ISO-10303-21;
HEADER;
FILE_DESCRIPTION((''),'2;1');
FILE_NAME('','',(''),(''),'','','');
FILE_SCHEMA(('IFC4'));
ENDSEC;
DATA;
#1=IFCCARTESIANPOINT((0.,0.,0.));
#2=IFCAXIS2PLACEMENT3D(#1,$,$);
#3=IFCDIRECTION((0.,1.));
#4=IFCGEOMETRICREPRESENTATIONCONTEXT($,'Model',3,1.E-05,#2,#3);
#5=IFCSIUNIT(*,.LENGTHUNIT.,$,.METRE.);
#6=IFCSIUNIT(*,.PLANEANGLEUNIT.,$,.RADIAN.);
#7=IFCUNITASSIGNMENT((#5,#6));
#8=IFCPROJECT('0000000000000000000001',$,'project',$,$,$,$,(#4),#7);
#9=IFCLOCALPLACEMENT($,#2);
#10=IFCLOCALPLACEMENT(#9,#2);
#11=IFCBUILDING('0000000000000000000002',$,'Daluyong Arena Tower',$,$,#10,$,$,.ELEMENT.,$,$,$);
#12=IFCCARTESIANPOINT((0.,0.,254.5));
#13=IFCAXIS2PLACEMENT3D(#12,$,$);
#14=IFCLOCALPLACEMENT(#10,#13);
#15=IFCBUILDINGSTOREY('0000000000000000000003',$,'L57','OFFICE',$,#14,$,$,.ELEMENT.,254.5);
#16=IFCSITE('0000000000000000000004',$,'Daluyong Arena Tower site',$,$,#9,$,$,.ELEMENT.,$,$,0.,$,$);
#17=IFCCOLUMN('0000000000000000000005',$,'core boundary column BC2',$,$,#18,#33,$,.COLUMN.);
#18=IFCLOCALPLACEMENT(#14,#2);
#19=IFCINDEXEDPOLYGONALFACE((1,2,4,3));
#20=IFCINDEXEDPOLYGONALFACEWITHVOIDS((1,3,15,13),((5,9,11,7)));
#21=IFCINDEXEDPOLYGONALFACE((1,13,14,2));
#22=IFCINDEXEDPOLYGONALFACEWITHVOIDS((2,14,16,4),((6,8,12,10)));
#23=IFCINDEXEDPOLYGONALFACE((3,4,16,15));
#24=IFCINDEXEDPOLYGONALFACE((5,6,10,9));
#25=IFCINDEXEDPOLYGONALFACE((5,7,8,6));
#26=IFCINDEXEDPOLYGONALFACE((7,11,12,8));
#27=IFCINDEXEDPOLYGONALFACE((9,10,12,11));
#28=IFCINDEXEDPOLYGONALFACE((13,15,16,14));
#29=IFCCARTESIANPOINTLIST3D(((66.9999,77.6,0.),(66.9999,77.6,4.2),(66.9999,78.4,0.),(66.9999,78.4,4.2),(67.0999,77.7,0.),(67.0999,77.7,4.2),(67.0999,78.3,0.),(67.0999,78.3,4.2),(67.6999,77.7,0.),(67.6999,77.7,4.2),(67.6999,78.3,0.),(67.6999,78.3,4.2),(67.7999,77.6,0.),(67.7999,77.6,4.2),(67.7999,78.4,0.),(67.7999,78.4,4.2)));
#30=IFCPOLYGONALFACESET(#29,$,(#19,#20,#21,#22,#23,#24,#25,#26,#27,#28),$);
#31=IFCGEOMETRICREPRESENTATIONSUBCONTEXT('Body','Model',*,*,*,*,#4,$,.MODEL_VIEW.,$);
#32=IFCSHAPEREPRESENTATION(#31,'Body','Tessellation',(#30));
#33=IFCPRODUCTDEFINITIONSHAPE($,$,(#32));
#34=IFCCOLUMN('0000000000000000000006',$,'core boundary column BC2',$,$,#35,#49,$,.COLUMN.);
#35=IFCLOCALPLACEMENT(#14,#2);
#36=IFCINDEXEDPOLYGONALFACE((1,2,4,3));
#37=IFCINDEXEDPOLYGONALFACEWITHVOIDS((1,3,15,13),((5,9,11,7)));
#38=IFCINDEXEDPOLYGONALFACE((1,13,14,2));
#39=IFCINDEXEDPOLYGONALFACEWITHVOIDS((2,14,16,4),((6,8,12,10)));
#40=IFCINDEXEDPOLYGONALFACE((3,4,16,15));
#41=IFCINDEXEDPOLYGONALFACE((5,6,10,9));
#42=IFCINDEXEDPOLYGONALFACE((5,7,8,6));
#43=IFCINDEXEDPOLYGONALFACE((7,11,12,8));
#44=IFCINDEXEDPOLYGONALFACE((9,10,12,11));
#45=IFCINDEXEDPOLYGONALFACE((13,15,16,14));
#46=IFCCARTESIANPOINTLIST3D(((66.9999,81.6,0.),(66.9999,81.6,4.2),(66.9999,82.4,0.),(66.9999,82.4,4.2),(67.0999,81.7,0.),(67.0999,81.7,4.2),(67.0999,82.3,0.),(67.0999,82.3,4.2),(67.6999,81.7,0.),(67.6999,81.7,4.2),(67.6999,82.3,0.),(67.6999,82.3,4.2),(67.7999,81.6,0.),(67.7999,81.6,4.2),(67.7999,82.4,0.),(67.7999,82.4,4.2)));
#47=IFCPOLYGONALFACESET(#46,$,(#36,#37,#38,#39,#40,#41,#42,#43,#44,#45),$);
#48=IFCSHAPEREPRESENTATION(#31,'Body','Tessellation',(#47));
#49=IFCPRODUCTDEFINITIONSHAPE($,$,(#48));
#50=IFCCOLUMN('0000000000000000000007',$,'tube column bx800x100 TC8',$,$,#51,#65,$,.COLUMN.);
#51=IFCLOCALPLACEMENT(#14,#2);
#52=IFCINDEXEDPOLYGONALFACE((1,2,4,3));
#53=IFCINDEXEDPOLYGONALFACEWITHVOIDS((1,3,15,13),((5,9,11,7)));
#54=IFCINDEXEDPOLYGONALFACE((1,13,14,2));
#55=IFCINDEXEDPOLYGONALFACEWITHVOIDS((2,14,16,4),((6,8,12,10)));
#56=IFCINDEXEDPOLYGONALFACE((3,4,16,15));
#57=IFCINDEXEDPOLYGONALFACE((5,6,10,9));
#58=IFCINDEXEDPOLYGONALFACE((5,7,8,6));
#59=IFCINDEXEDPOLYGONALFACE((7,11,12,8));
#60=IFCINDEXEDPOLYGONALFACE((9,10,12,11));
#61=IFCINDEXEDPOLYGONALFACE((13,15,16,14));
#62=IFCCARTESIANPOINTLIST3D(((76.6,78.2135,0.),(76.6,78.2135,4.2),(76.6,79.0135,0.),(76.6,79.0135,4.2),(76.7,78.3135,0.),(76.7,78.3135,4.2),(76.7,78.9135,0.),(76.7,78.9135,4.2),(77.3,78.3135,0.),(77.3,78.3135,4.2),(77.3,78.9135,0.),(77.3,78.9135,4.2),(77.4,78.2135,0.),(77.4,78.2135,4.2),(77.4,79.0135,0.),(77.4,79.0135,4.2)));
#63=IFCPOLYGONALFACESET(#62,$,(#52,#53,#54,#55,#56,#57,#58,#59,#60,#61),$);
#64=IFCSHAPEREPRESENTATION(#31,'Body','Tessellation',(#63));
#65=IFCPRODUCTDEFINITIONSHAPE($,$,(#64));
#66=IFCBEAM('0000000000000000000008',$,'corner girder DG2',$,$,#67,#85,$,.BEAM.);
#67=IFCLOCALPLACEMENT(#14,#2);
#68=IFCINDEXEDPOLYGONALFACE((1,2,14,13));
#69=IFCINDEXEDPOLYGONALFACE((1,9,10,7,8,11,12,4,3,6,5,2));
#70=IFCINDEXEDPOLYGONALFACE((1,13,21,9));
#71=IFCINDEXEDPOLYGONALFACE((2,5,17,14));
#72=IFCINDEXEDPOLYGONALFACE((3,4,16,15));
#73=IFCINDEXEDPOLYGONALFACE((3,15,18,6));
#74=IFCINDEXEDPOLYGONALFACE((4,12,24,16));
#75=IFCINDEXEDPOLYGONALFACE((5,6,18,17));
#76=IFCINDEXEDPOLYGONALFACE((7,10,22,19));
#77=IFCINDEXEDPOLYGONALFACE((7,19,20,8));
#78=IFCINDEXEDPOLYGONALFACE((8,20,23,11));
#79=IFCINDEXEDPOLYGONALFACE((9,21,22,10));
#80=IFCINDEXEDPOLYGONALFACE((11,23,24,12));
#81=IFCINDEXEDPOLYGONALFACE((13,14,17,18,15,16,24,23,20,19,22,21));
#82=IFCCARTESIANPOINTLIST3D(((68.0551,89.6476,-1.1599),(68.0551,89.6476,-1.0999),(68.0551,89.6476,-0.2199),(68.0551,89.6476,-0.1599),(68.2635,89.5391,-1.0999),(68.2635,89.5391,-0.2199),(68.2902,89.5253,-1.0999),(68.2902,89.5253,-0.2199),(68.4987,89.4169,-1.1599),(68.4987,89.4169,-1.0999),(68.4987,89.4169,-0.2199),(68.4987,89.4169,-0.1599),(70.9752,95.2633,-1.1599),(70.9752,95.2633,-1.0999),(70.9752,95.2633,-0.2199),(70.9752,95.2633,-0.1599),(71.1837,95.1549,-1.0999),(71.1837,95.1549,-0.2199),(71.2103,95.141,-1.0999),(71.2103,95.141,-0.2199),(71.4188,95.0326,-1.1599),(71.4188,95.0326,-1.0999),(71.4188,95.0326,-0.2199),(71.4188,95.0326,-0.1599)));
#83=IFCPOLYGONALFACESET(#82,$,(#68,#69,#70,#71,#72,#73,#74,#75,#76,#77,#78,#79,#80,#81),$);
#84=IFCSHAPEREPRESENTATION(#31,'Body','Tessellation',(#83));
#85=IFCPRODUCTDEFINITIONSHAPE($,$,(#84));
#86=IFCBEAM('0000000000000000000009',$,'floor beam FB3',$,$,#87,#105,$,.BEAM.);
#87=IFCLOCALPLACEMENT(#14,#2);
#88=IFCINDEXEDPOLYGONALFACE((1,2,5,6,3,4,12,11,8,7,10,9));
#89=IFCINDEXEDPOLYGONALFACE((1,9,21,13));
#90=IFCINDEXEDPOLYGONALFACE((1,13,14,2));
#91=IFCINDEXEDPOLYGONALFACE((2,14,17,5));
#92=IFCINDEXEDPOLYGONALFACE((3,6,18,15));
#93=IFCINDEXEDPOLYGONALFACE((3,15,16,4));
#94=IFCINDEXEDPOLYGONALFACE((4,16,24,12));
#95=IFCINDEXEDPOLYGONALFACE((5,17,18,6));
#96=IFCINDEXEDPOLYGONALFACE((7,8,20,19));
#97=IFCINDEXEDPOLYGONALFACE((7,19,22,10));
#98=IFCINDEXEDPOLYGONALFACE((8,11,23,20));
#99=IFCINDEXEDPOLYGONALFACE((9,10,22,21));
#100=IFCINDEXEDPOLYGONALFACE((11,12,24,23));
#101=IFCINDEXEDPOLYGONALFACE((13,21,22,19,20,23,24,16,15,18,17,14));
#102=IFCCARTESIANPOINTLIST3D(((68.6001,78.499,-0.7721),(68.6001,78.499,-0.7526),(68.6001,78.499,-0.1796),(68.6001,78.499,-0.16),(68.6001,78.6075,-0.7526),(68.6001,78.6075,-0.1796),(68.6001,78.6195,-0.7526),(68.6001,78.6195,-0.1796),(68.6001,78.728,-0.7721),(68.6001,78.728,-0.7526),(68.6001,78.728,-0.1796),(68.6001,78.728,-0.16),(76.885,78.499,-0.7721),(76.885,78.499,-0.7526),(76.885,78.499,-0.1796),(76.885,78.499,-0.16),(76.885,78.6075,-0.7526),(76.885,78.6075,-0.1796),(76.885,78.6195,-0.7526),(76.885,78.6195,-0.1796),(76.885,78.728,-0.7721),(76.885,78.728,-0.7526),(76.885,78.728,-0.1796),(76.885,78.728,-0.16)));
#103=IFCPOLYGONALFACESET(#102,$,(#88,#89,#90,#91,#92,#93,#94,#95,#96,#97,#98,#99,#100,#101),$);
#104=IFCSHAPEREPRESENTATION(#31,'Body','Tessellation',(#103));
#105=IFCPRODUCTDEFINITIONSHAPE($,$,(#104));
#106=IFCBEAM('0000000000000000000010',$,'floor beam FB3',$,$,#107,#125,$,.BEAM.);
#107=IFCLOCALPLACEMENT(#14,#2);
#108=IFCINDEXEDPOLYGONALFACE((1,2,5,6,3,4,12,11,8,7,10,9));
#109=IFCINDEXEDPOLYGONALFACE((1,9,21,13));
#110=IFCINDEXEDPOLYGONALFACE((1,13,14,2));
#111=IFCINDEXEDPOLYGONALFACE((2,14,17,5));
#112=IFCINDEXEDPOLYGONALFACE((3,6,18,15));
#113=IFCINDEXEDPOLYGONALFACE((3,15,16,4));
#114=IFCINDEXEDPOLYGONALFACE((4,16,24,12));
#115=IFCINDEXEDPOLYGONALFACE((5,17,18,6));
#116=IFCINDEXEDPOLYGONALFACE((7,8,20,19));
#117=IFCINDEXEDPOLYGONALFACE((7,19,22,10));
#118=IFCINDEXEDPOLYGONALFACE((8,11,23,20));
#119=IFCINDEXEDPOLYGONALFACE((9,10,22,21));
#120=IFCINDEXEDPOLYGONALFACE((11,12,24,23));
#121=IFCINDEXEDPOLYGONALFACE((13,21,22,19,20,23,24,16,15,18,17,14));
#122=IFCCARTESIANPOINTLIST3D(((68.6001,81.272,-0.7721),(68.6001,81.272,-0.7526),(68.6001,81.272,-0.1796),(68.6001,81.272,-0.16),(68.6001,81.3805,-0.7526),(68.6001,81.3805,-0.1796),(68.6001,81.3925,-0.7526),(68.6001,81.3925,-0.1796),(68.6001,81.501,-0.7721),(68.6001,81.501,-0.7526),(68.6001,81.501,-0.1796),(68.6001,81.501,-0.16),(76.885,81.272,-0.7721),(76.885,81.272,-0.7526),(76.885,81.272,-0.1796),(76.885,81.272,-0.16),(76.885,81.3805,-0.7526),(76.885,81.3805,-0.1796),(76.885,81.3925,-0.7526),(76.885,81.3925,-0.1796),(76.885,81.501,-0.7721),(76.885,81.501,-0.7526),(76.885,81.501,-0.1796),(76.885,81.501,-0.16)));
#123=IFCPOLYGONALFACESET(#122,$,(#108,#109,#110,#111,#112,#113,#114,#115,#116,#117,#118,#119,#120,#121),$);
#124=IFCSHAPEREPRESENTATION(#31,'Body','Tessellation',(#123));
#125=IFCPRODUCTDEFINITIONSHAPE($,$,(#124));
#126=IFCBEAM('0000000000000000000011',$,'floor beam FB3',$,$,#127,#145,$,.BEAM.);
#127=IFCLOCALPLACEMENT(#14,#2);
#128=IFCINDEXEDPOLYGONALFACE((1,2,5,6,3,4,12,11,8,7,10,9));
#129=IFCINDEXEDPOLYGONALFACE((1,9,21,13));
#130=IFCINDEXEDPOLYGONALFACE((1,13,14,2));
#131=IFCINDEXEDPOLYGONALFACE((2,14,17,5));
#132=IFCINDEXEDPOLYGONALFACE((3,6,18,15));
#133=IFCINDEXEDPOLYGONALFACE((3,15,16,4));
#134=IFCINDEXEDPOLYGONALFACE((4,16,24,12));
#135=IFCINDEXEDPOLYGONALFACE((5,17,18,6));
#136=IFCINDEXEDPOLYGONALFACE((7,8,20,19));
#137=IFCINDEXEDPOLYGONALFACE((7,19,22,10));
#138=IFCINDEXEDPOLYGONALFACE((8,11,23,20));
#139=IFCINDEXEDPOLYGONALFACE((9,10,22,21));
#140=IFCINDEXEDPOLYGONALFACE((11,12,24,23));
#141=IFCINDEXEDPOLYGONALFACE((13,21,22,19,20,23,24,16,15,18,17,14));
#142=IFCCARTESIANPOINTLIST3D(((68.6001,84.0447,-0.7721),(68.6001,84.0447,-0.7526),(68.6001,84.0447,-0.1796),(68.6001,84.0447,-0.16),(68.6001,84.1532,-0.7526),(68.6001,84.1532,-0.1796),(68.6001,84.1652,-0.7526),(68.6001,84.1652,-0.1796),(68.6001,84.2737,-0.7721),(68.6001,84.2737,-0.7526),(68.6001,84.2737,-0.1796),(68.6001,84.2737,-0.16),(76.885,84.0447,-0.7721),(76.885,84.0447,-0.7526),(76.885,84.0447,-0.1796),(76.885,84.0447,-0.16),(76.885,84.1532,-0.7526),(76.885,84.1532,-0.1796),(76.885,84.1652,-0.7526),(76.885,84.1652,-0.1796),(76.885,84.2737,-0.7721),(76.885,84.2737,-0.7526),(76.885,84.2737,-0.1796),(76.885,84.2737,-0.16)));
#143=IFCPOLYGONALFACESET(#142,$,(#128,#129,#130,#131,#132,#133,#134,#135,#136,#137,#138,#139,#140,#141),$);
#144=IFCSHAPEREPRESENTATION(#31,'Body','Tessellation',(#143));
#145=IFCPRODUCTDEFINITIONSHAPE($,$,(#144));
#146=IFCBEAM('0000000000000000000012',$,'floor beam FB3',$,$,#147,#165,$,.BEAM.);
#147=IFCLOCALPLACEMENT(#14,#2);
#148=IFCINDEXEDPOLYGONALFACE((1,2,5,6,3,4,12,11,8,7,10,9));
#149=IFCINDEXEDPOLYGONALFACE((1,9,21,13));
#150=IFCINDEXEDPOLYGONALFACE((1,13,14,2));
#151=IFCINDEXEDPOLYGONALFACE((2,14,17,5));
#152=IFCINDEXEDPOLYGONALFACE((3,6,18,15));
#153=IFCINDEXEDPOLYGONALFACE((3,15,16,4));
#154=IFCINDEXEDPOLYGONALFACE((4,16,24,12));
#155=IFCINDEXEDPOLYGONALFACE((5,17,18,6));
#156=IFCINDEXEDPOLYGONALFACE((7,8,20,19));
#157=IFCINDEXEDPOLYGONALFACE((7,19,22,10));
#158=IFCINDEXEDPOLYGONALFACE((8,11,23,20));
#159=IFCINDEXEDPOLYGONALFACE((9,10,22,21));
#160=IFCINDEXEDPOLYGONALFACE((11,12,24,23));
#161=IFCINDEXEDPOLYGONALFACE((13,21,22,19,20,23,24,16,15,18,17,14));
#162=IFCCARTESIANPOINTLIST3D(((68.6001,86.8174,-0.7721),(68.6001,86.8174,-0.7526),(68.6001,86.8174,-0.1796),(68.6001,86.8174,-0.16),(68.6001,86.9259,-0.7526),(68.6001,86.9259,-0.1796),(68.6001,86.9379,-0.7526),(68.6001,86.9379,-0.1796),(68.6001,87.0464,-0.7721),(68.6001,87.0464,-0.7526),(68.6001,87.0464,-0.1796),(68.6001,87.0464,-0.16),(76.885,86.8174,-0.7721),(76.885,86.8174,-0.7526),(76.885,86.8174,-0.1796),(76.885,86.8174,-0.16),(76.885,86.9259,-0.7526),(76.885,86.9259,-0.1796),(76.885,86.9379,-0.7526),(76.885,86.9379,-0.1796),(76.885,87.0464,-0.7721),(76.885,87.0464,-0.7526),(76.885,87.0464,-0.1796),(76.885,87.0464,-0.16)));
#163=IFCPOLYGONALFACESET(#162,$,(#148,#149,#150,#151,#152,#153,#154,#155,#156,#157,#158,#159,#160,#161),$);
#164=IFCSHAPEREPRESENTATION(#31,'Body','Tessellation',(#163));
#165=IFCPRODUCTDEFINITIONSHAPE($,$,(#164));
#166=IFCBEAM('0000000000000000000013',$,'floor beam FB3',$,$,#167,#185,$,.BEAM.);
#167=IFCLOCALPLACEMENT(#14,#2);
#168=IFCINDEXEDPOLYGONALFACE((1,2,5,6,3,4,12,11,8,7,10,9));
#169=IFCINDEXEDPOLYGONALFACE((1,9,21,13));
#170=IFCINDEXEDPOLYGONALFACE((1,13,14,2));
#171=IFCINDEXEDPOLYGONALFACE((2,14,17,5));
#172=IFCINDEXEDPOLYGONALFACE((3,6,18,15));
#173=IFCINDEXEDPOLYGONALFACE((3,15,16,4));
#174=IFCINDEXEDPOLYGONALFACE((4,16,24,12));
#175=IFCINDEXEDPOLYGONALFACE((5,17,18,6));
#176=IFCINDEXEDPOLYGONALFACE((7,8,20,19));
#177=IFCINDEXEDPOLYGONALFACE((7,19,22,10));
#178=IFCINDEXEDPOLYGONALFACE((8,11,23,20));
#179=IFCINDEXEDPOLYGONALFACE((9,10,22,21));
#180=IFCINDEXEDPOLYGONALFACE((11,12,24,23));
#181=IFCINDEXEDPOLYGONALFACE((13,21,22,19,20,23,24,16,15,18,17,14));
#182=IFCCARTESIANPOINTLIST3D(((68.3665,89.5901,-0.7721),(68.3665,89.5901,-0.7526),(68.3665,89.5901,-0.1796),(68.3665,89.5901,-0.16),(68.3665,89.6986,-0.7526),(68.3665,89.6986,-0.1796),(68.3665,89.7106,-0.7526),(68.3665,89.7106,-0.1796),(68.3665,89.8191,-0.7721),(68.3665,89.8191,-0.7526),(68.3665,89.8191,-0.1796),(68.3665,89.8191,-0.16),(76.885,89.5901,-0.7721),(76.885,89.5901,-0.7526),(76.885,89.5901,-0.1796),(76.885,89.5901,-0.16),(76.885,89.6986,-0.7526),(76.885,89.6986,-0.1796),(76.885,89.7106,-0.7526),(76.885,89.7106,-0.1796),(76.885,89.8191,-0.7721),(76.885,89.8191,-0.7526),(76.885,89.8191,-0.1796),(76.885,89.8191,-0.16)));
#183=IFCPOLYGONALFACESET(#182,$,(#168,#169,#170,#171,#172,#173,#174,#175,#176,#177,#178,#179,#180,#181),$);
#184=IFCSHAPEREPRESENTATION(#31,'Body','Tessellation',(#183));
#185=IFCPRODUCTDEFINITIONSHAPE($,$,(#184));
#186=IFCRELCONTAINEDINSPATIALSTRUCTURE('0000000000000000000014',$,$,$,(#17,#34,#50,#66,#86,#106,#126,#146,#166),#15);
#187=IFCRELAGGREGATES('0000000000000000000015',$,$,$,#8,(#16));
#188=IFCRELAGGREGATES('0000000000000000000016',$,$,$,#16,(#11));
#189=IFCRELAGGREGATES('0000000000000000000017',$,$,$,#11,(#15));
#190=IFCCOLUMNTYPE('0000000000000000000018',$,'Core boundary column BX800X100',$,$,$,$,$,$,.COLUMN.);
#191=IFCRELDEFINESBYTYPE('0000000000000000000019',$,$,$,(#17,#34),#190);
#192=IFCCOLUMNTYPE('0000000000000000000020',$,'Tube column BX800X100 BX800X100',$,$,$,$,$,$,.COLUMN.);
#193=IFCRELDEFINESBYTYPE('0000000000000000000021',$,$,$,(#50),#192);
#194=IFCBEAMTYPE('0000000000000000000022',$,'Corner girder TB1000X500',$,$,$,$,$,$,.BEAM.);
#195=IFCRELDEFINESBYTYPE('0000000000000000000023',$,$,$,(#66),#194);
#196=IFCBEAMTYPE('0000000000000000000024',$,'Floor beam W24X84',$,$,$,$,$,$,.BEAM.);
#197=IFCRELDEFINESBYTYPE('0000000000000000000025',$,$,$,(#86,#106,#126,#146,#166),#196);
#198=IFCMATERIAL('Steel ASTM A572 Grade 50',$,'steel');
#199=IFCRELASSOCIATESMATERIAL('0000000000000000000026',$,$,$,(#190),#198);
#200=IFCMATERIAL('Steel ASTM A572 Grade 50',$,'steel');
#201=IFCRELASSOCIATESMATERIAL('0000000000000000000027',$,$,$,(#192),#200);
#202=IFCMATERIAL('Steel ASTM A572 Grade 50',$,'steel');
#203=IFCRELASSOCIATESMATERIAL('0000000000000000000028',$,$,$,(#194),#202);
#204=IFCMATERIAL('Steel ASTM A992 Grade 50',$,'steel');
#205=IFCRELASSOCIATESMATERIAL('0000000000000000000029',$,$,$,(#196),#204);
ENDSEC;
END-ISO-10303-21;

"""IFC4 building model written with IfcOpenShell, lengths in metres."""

from ifc_helpers import new_model, si_unit, direction, frame, origin, origin_2d, place, context, subcontext, project, spatial, hollow_rectangle, i_section, extrude, material, material_profile, profile_set, type_object, element, save


model = new_model("IFC4")

# Units and contexts
model_context = context("Model", 3, precision=1e-05, world=origin(), true_north=direction((0.0, 1.0)))
body_context = subcontext(model_context, "Body", "Model", "MODEL_VIEW")
ifc_project = project(units=[si_unit("LENGTHUNIT", "METRE"), si_unit("PLANEANGLEUNIT", "RADIAN")], contexts=[model_context])

# Site, building, storey
site_placement = place(None, origin())
site = spatial("IfcSite", under=ifc_project, at=site_placement, Name="Daluyong Arena Tower site", CompositionType="ELEMENT", RefElevation=0.0)
building_placement = place(site_placement, origin())
building = spatial("IfcBuilding", under=site, at=building_placement, Name="Daluyong Arena Tower", CompositionType="ELEMENT")
storey_placement = place(building_placement, frame((0.0, 0.0, 254.5)))
storey = spatial("IfcBuildingStorey", under=building, at=storey_placement, Name="L57", Description="OFFICE", CompositionType="ELEMENT", Elevation=254.5)

# Columns
ifc_material_1 = material(Name="Steel ASTM A572 Grade 50", Category="steel")
ifc_material_profile_1 = material_profile(ifc_material_1, hollow_rectangle(XDim=0.8, YDim=0.8, WallThickness=0.1, at=origin_2d()))
ifc_profile_set_1 = profile_set([ifc_material_profile_1], Name="Steel ASTM A572 Grade 50")
column_type_1 = type_object("IfcColumnType", Name="Core boundary column BX800X100", PredefinedType="COLUMN", material=ifc_profile_set_1)
for number, where, z_axis, x_axis, name in (
    (1, (67.3999, 78.0, 0.0), (0.0, 0.0, 1.0), (1.0, 0.0, 0.0), "core boundary column BC2"),
    (2, (67.3999, 82.0, 0.0), (0.0, 0.0, 1.0), (1.0, 0.0, 0.0), "core boundary column BC2"),
):
    element("IfcColumn", number, at=place(storey_placement, frame(where, z_axis=z_axis, x_axis=x_axis)), inside=storey, type_object=column_type_1, Name=name, PredefinedType="COLUMN", context=body_context, shape_type="SweptSolid", body=[
        extrude(hollow_rectangle(XDim=0.8, YDim=0.8, WallThickness=0.1, at=origin_2d()), origin(), (0.0, 0.0, 1.0), 4.2),
    ])
ifc_material_2 = material(Name="Steel ASTM A572 Grade 50", Category="steel")
ifc_material_profile_2 = material_profile(ifc_material_2, hollow_rectangle(XDim=0.8, YDim=0.8, WallThickness=0.1, at=origin_2d()))
ifc_profile_set_2 = profile_set([ifc_material_profile_2], Name="Steel ASTM A572 Grade 50")
column_type_2 = type_object("IfcColumnType", Name="Tube column BX800X100 BX800X100", PredefinedType="COLUMN", material=ifc_profile_set_2)
column_placement = place(storey_placement, frame((77.0, 78.6135, 0.0), z_axis=(0.0, 0.0, 1.0), x_axis=(0.0, 1.0, 0.0)))
element("IfcColumn", 3, at=column_placement, inside=storey, type_object=column_type_2, Name="tube column bx800x100 TC8", PredefinedType="COLUMN", context=body_context, shape_type="SweptSolid", body=[
    extrude(hollow_rectangle(XDim=0.8, YDim=0.8, WallThickness=0.1, at=origin_2d()), origin(), (0.0, 0.0, 1.0), 4.2),
])

# Beams
ifc_material_3 = material(Name="Steel ASTM A572 Grade 50", Category="steel")
ifc_material_profile_3 = material_profile(ifc_material_3, i_section(OverallWidth=0.5, OverallDepth=1.0, WebThickness=0.03, FlangeThickness=0.06, at=origin_2d()))
ifc_profile_set_3 = profile_set([ifc_material_profile_3], Name="Steel ASTM A572 Grade 50")
beam_type_1 = type_object("IfcBeamType", Name="Corner girder TB1000X500", PredefinedType="BEAM", material=ifc_profile_set_3)
beam_1_placement = place(storey_placement, frame((71.197, 95.1479, -0.6599), z_axis=(-0.461352, -0.887217, 0.0), x_axis=(0.887217, -0.461352, 0.0)))
element("IfcBeam", 4, at=beam_1_placement, inside=storey, type_object=beam_type_1, Name="corner girder DG2", PredefinedType="BEAM", context=body_context, shape_type="SweptSolid", body=[
    extrude(i_section(OverallWidth=0.5, OverallDepth=1.0, WebThickness=0.03, FlangeThickness=0.06, at=origin_2d()), origin(), (0.0, 0.0, 1.0), 6.3296),
])
ifc_material_4 = material(Name="Steel ASTM A992 Grade 50", Category="steel")
ifc_material_profile_4 = material_profile(ifc_material_4, i_section(OverallWidth=0.229, OverallDepth=0.6121, WebThickness=0.012, FlangeThickness=0.0195, at=origin_2d()))
ifc_profile_set_4 = profile_set([ifc_material_profile_4], Name="Steel ASTM A992 Grade 50")
beam_type_2 = type_object("IfcBeamType", Name="Floor beam W24X84", PredefinedType="BEAM", material=ifc_profile_set_4)
for number, where, z_axis, x_axis, name in (
    (5, (76.885, 78.6135, -0.4661), (-1.0, 0.0, 0.0), (0.0, -1.0, 0.0), "floor beam FB3"),
    (6, (76.885, 81.3865, -0.4661), (-1.0, 0.0, 0.0), (0.0, -1.0, 0.0), "floor beam FB3"),
    (7, (76.885, 84.1592, -0.4661), (-1.0, 0.0, 0.0), (0.0, -1.0, 0.0), "floor beam FB3"),
    (8, (76.885, 86.9319, -0.4661), (-1.0, 0.0, 0.0), (0.0, -1.0, 0.0), "floor beam FB3"),
):
    element("IfcBeam", number, at=place(storey_placement, frame(where, z_axis=z_axis, x_axis=x_axis)), inside=storey, type_object=beam_type_2, Name=name, PredefinedType="BEAM", context=body_context, shape_type="SweptSolid", body=[
        extrude(i_section(OverallWidth=0.229, OverallDepth=0.6121, WebThickness=0.012, FlangeThickness=0.0195, at=origin_2d()), origin(), (0.0, 0.0, 1.0), 8.2849),
    ])
beam_2_placement = place(storey_placement, frame((76.885, 89.7046, -0.4661), z_axis=(-1.0, 0.0, 0.0), x_axis=(0.0, -1.0, 0.0)))
element("IfcBeam", 9, at=beam_2_placement, inside=storey, type_object=beam_type_2, Name="floor beam FB3", PredefinedType="BEAM", context=body_context, shape_type="SweptSolid", body=[
    extrude(i_section(OverallWidth=0.229, OverallDepth=0.6121, WebThickness=0.012, FlangeThickness=0.0195, at=origin_2d()), origin(), (0.0, 0.0, 1.0), 8.5186),
])

save(model, "model.ifc")
